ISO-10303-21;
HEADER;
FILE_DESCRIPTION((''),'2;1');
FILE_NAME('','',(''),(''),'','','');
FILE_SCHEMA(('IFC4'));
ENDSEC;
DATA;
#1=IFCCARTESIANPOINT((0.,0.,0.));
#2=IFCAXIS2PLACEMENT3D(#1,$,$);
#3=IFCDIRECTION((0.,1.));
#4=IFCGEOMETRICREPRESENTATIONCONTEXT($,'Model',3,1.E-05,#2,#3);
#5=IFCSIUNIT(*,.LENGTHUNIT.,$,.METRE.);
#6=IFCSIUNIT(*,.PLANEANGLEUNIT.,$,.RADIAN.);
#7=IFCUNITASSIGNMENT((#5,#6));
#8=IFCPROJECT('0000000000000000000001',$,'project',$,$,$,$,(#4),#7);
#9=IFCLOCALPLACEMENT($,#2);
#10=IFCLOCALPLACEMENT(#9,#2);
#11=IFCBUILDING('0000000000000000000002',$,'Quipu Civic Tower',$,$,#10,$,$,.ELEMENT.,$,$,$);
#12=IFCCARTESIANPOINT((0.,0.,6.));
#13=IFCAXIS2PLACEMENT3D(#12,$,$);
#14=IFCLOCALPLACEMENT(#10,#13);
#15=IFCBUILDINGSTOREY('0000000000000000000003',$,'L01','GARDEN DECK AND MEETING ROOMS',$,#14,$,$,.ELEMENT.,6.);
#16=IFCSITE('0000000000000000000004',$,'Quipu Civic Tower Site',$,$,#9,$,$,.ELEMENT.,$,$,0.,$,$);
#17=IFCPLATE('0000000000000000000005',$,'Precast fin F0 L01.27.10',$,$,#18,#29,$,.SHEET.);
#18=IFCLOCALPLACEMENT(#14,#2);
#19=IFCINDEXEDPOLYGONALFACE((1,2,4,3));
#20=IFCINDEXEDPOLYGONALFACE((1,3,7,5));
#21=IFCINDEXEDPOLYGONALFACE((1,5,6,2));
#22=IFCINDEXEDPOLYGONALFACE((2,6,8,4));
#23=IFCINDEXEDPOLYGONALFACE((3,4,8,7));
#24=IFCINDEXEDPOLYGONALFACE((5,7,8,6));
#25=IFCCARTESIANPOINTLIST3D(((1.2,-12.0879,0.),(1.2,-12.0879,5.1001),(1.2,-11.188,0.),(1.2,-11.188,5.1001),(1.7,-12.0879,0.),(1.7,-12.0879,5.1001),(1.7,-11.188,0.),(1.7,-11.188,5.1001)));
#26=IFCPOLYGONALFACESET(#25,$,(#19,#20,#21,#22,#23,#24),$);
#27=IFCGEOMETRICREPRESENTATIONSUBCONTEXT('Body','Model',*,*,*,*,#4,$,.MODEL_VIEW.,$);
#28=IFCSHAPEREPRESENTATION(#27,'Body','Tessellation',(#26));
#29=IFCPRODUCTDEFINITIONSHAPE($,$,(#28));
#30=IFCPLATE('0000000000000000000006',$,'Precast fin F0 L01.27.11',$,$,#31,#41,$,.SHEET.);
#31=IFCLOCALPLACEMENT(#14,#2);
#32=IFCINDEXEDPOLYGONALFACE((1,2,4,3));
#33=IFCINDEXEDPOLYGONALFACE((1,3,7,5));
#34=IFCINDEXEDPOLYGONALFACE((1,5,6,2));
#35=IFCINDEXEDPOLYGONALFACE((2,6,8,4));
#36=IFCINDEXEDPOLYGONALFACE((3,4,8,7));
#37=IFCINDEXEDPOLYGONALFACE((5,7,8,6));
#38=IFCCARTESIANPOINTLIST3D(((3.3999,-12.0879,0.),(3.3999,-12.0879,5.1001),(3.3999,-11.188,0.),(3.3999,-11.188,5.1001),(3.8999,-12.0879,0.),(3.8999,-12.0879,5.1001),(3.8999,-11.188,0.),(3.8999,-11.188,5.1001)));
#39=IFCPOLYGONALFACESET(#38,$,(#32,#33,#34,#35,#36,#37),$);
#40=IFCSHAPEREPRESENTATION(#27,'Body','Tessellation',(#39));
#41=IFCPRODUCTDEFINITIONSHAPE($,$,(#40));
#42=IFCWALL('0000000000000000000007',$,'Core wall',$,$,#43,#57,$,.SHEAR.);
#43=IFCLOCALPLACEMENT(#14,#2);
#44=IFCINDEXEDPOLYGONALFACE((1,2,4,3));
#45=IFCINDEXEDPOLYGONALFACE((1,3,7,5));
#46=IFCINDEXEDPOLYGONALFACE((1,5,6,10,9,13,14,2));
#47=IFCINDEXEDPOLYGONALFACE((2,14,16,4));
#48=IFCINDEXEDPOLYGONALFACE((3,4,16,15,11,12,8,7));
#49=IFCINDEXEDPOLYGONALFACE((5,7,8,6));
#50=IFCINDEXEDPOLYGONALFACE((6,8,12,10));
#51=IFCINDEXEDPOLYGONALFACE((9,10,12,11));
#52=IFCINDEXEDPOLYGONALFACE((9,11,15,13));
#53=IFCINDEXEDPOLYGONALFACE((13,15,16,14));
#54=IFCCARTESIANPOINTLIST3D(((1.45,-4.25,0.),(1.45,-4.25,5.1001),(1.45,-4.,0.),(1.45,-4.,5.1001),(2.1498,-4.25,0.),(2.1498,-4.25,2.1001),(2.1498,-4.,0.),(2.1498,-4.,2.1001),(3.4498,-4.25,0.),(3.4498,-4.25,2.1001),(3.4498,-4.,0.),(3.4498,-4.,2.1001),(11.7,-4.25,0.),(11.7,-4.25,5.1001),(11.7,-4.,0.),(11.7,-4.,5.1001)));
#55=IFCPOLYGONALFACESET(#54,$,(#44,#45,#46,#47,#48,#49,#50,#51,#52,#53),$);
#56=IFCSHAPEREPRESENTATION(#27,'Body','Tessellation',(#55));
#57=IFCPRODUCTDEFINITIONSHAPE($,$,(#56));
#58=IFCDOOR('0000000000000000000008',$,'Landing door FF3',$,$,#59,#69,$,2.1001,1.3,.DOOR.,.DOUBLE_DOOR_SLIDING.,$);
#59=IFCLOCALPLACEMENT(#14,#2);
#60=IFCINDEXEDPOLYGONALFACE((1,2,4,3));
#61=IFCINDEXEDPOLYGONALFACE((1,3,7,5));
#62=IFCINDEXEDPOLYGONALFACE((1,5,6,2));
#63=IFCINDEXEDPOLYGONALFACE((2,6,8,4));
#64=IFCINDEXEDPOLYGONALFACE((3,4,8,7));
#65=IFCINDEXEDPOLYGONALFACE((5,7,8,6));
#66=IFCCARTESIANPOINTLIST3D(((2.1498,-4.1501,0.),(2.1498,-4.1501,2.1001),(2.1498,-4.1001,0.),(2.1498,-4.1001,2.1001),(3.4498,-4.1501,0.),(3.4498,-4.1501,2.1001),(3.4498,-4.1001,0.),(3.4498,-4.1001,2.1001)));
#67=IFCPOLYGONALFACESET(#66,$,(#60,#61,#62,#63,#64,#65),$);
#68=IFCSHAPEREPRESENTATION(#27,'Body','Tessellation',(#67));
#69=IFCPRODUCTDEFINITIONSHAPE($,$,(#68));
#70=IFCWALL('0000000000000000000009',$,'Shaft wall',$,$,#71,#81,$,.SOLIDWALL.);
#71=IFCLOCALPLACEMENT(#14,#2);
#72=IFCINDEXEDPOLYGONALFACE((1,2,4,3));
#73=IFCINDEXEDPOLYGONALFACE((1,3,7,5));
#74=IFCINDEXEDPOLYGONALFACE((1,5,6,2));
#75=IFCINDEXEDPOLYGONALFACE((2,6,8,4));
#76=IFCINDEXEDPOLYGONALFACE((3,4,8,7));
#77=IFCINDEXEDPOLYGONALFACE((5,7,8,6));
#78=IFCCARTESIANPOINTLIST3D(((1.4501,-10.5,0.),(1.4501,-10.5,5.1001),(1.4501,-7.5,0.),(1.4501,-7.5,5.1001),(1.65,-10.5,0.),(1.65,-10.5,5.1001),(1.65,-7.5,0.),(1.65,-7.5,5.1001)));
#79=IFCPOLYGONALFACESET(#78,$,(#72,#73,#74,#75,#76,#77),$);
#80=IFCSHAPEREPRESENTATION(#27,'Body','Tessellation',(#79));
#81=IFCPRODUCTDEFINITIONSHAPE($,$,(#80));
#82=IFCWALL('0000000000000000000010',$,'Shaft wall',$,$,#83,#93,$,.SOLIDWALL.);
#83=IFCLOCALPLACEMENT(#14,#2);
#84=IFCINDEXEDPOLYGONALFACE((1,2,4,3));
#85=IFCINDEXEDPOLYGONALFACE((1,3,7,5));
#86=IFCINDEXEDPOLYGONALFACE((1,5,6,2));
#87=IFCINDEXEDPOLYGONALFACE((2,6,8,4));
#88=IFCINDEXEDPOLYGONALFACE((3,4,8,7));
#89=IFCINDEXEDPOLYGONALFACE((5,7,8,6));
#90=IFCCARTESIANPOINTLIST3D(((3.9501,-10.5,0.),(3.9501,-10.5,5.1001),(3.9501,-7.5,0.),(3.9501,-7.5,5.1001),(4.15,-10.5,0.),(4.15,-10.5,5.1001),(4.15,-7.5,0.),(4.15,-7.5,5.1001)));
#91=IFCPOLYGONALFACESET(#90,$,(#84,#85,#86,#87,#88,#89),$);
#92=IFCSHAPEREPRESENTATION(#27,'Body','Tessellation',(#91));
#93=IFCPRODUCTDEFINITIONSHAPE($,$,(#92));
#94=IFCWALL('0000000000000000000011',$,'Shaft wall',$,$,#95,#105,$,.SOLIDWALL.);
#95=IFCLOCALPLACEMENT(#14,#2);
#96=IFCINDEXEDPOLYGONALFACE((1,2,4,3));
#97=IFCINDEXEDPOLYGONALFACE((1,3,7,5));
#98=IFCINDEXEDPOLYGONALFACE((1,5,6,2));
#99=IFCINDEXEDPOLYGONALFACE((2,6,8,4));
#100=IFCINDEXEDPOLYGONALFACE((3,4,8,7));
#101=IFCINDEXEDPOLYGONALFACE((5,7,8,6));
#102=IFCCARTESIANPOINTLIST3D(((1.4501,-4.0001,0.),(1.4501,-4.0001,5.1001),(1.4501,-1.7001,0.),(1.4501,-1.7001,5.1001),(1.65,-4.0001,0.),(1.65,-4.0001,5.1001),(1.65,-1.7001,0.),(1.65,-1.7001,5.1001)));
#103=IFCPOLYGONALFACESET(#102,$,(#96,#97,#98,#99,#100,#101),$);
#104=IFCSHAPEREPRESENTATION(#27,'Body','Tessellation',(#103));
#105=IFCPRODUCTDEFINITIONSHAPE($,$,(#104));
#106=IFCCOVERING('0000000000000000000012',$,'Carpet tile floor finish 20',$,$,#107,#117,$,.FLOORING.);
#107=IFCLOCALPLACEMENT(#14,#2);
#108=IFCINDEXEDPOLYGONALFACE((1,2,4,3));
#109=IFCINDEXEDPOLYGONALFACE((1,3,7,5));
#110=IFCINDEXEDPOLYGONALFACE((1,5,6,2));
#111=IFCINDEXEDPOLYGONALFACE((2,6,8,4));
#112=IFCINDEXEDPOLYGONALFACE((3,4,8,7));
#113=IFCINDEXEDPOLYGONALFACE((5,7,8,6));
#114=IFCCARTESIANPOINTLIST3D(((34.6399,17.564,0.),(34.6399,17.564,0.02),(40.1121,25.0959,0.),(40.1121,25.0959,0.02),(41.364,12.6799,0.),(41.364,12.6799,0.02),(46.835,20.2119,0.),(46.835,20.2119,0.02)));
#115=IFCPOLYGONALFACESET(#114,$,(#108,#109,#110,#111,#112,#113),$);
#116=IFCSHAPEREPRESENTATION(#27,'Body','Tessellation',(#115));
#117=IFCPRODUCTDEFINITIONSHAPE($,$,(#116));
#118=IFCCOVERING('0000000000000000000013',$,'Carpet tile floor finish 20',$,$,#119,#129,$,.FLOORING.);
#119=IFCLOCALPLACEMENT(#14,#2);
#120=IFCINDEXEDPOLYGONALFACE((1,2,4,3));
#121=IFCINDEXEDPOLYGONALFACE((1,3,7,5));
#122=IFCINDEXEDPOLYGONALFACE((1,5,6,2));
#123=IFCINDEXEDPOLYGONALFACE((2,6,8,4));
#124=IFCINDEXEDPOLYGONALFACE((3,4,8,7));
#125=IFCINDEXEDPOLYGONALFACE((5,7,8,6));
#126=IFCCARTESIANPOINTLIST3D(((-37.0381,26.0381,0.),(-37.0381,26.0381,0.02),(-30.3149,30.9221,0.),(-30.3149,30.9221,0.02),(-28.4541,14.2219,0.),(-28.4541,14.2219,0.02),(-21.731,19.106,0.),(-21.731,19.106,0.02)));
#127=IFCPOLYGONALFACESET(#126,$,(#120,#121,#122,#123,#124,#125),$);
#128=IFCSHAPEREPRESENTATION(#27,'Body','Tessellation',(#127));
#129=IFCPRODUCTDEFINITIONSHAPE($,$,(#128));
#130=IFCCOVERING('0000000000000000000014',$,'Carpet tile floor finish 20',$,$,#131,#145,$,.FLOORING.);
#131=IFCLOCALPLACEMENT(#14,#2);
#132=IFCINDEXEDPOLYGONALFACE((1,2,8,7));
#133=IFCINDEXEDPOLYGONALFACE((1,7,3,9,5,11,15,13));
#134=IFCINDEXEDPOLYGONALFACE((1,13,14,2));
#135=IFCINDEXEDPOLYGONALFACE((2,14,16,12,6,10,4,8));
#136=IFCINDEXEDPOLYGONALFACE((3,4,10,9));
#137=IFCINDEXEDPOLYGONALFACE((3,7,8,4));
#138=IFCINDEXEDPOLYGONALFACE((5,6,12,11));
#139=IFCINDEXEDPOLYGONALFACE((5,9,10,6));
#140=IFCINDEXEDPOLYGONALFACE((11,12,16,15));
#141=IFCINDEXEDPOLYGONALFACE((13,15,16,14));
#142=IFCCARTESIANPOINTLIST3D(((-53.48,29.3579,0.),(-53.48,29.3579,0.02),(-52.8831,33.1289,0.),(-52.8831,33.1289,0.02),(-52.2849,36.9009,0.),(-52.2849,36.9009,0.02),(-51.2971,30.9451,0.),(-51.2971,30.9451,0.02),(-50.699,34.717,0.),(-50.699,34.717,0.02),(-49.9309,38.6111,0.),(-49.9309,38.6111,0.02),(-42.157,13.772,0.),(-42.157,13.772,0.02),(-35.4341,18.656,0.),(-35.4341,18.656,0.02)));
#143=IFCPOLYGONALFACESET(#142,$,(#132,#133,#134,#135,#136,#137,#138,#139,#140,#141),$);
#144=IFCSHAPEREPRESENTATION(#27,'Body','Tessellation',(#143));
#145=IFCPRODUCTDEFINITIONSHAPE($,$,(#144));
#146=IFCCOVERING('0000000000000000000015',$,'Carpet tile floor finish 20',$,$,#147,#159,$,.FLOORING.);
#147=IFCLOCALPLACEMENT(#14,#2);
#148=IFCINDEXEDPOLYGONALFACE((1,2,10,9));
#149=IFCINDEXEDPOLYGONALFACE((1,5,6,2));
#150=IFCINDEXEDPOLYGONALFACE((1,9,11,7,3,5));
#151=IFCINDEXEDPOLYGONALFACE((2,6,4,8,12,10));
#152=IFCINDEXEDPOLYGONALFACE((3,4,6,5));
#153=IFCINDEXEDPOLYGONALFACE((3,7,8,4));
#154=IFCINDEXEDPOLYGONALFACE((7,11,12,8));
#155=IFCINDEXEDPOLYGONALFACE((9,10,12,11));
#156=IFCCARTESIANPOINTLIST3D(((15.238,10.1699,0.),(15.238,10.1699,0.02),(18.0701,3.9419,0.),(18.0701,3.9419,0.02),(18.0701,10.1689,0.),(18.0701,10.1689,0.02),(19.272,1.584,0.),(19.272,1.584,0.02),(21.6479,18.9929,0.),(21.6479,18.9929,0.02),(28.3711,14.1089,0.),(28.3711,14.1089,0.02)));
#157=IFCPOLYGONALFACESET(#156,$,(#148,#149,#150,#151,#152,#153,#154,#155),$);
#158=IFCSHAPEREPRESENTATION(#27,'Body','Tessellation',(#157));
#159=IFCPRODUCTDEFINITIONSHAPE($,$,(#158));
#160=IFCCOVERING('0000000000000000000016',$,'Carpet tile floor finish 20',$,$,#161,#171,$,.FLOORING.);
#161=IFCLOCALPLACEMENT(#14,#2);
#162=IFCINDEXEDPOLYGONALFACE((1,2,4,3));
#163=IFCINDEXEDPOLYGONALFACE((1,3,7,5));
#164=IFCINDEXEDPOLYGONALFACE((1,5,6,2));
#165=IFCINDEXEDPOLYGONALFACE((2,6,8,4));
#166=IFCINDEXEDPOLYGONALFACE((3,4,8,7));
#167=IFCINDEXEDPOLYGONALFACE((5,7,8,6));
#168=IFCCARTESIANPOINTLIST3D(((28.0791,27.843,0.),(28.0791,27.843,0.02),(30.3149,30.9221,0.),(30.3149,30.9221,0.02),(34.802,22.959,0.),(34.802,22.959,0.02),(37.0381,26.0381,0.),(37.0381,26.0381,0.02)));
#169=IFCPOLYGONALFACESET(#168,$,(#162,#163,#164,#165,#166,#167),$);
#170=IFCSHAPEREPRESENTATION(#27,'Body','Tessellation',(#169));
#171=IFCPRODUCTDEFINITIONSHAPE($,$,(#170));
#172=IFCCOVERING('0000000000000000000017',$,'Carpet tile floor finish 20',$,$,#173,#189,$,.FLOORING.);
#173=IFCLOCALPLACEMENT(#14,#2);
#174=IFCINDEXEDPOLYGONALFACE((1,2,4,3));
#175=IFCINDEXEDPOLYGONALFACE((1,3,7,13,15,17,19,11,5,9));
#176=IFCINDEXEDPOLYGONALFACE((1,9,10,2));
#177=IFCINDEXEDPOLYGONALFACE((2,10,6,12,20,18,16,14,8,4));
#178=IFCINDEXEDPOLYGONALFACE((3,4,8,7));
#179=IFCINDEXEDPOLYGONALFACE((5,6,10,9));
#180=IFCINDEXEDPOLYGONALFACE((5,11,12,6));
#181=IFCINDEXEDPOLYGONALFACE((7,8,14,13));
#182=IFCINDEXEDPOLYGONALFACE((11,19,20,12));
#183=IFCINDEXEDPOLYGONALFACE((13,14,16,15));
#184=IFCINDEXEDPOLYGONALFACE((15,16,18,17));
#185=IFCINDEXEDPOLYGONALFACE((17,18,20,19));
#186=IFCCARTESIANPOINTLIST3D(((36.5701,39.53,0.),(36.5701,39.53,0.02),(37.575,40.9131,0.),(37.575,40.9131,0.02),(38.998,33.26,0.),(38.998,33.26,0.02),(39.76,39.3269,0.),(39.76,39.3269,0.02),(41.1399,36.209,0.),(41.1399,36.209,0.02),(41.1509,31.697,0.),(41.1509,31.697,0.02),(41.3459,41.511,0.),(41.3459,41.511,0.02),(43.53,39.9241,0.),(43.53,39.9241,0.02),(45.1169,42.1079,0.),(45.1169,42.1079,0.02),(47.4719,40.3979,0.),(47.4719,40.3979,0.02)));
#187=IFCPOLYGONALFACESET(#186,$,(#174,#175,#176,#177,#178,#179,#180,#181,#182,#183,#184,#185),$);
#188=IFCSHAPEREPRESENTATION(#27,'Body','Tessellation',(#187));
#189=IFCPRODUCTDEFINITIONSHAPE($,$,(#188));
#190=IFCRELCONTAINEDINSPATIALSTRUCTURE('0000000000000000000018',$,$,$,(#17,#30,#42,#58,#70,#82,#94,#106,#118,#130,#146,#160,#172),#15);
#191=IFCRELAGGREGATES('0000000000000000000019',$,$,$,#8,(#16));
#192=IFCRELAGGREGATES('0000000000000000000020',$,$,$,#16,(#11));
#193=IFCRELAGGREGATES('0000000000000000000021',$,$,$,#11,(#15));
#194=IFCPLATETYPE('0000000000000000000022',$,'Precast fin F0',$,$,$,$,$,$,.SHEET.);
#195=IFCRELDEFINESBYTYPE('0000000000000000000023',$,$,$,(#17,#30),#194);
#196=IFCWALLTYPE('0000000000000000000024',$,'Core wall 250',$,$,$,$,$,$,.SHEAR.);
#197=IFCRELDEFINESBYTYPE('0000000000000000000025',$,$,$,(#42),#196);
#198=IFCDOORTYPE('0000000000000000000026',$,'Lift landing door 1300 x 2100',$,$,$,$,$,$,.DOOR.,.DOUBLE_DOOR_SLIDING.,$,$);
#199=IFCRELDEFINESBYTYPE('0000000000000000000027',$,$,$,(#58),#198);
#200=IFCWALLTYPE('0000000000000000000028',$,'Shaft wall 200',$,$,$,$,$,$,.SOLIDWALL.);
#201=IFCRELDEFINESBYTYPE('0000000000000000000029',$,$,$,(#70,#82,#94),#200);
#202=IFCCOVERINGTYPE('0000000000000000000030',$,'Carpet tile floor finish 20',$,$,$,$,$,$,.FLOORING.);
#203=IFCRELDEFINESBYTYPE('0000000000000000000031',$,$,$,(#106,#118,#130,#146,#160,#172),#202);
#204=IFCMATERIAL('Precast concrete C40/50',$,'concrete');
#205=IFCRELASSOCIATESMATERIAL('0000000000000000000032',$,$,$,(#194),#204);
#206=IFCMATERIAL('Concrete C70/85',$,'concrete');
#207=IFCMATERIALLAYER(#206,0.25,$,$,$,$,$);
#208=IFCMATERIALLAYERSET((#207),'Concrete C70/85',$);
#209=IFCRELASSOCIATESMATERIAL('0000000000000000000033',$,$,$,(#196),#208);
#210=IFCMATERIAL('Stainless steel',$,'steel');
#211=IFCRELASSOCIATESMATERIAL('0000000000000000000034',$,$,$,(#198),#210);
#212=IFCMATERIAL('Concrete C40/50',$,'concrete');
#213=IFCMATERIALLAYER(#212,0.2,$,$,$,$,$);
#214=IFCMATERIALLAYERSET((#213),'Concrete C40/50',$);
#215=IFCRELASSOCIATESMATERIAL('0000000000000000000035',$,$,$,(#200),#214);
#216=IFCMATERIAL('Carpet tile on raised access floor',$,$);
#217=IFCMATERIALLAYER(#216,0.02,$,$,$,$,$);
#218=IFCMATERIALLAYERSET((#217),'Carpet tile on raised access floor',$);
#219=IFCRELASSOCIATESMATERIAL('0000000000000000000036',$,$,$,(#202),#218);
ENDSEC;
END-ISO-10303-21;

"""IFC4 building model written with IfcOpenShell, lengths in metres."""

from ifc_helpers import new_model, si_unit, direction, frame, frame_2d, origin, origin_2d, place, context, subcontext, project, spatial, polyline, rectangle, outline, extrude, material, layer, layer_set, type_object, element, fill, save


model = new_model("IFC4")

# Units and contexts
model_context = context("Model", 3, precision=1e-05, world=origin(), true_north=direction((0.0, 1.0)))
body_context = subcontext(model_context, "Body", "Model", "MODEL_VIEW")
ifc_project = project(units=[si_unit("LENGTHUNIT", "METRE"), si_unit("PLANEANGLEUNIT", "RADIAN")], contexts=[model_context])

# Site, building, storey
site_placement = place(None, origin())
site = spatial("IfcSite", under=ifc_project, at=site_placement, Name="Quipu Civic Tower Site", CompositionType="ELEMENT", RefElevation=0.0)
building_placement = place(site_placement, origin())
building = spatial("IfcBuilding", under=site, at=building_placement, Name="Quipu Civic Tower", CompositionType="ELEMENT")
storey_placement = place(building_placement, frame((0.0, 0.0, 6.0)))
storey = spatial("IfcBuildingStorey", under=building, at=storey_placement, Name="L01", Description="GARDEN DECK AND MEETING ROOMS", CompositionType="ELEMENT", Elevation=6.0)

# Plates
ifc_material_1 = material(Name="Precast concrete C40/50", Category="concrete")
plate_type = type_object("IfcPlateType", Name="Precast fin F0", PredefinedType="SHEET", material=ifc_material_1)
for number, where, z_axis, x_axis, name in (
    (1, (1.45, -11.6379, 0.0), (0.0, 0.0, 1.0), (1.0, 0.0, 0.0), "Precast fin F0 L01.27.10"),
    (2, (3.6499, -11.6379, 0.0), (0.0, 0.0, 1.0), (1.0, 0.0, 0.0), "Precast fin F0 L01.27.11"),
):
    element("IfcPlate", number, at=place(storey_placement, frame(where, z_axis=z_axis, x_axis=x_axis)), inside=storey, type_object=plate_type, Name=name, PredefinedType="SHEET", context=body_context, shape_type="SweptSolid", body=[
        extrude(rectangle(XDim=0.5, YDim=0.8999, at=origin_2d()), origin(), (0.0, 0.0, 1.0), 5.1001),
    ])

# Wall, opening, door
ifc_material_2 = material(Name="Concrete C70/85", Category="concrete")
ifc_layer_1 = layer(ifc_material_2, 0.25)
ifc_layer_set_1 = layer_set([ifc_layer_1], Name="Concrete C70/85")
wall_type_1 = type_object("IfcWallType", Name="Core wall 250", PredefinedType="SHEAR", material=ifc_layer_set_1)
wall_1_placement = place(storey_placement, frame((1.45, -4.125, 0.0), z_axis=(0.0, 0.0, 1.0), x_axis=(1.0, 0.0, 0.0)))
wall_1 = element("IfcWall", 3, at=wall_1_placement, inside=storey, type_object=wall_type_1, Name="Core wall", PredefinedType="SHEAR", context=body_context, shape_type="SweptSolid", body=[
    extrude(rectangle(XDim=10.25, YDim=0.25, at=frame_2d((5.125, 0.0))), origin(), (0.0, 0.0, 1.0), 5.1001),
])
opening_placement = place(wall_1_placement, frame((0.7, 0.0, 0.0)))
opening = element("IfcOpeningElement", 4, at=opening_placement, cuts=wall_1, PredefinedType="OPENING", context=body_context, shape_type="SweptSolid", body=[
    extrude(rectangle(XDim=1.3, YDim=2.1001, at=frame_2d((0.6499, 1.05))), frame((0.0, 0.135, 0.0), z_axis=(0.0, -1.0, 0.0), x_axis=(1.0, 0.0, 0.0)), (0.0, 0.0, 1.0), 0.27),
])
ifc_material_3 = material(Name="Stainless steel", Category="steel")
door_type = type_object("IfcDoorType", Name="Lift landing door 1300 x 2100", OperationType="DOUBLE_DOOR_SLIDING", PredefinedType="DOOR", material=ifc_material_3)
door_placement = place(opening_placement, origin())
door = element("IfcDoor", 5, at=door_placement, inside=storey, type_object=door_type, Name="Landing door FF3", OperationType="DOUBLE_DOOR_SLIDING", OverallHeight=2.1001, OverallWidth=1.3, PredefinedType="DOOR", context=body_context, shape_type="SweptSolid", body=[
    extrude(rectangle(XDim=1.3, YDim=2.1001, at=frame_2d((0.6499, 1.05))), frame((0.0, 0.0249, 0.0), z_axis=(0.0, -1.0, 0.0), x_axis=(1.0, 0.0, 0.0)), (0.0, 0.0, 1.0), 0.05),
])
fill(opening, door)

# Walls
ifc_material_4 = material(Name="Concrete C40/50", Category="concrete")
ifc_layer_2 = layer(ifc_material_4, 0.2)
ifc_layer_set_2 = layer_set([ifc_layer_2], Name="Concrete C40/50")
wall_type_2 = type_object("IfcWallType", Name="Shaft wall 200", PredefinedType="SOLIDWALL", material=ifc_layer_set_2)
for number, where, z_axis, x_axis, name in (
    (6, (1.55, -10.5, 0.0), (0.0, 0.0, 1.0), (0.0, 1.0, 0.0), "Shaft wall"),
    (7, (4.05, -10.5, 0.0), (0.0, 0.0, 1.0), (0.0, 1.0, 0.0), "Shaft wall"),
):
    element("IfcWall", number, at=place(storey_placement, frame(where, z_axis=z_axis, x_axis=x_axis)), inside=storey, type_object=wall_type_2, Name=name, PredefinedType="SOLIDWALL", context=body_context, shape_type="SweptSolid", body=[
        extrude(rectangle(XDim=3.0, YDim=0.2, at=frame_2d((1.5, 0.0))), origin(), (0.0, 0.0, 1.0), 5.1001),
    ])
wall_2_placement = place(storey_placement, frame((1.55, -4.0, 0.0), z_axis=(0.0, 0.0, 1.0), x_axis=(0.0, 1.0, 0.0)))
element("IfcWall", 8, at=wall_2_placement, inside=storey, type_object=wall_type_2, Name="Shaft wall", PredefinedType="SOLIDWALL", context=body_context, shape_type="SweptSolid", body=[
    extrude(rectangle(XDim=2.3, YDim=0.2, at=frame_2d((1.1499, 0.0))), origin(), (0.0, 0.0, 1.0), 5.1001),
])

# Coverings
ifc_material_5 = material(Name="Carpet tile on raised access floor")
ifc_layer_3 = layer(ifc_material_5, 0.02)
ifc_layer_set_3 = layer_set([ifc_layer_3], Name="Carpet tile on raised access floor")
covering_type_1 = type_object("IfcCoveringType", Name="Carpet tile floor finish 20", PredefinedType="FLOORING", material=ifc_layer_set_3)
covering_1_placement = place(storey_placement, origin())
element("IfcCovering", 9, at=covering_1_placement, inside=storey, type_object=covering_type_1, Name="Carpet tile floor finish 20", PredefinedType="FLOORING", context=body_context, shape_type="SweptSolid", body=[
    extrude(outline(polyline([(34.6399, 17.564), (40.1121, 25.0959), (46.835, 20.2119), (41.364, 12.6799), (34.6399, 17.564)])), origin(), (0.0, 0.0, 1.0), 0.02),
])
covering_2_placement = place(storey_placement, origin())
element("IfcCovering", 10, at=covering_2_placement, inside=storey, type_object=covering_type_1, Name="Carpet tile floor finish 20", PredefinedType="FLOORING", context=body_context, shape_type="SweptSolid", body=[
    extrude(outline(polyline([(-37.0381, 26.0381), (-30.3149, 30.9221), (-21.731, 19.106), (-28.4541, 14.2219), (-37.0381, 26.0381)])), origin(), (0.0, 0.0, 1.0), 0.02),
])
covering_3_placement = place(storey_placement, origin())
element("IfcCovering", 11, at=covering_3_placement, inside=storey, type_object=covering_type_1, Name="Carpet tile floor finish 20", PredefinedType="FLOORING", context=body_context, shape_type="SweptSolid", body=[
    extrude(outline(polyline([(-53.48, 29.3579), (-51.2971, 30.9451), (-52.8831, 33.1289), (-50.699, 34.717), (-52.2849, 36.9009), (-49.9309, 38.6111), (-35.4341, 18.656), (-42.157, 13.772), (-53.48, 29.3579)])), origin(), (0.0, 0.0, 1.0), 0.02),
])
covering_4_placement = place(storey_placement, origin())
element("IfcCovering", 12, at=covering_4_placement, inside=storey, type_object=covering_type_1, Name="Carpet tile floor finish 20", PredefinedType="FLOORING", context=body_context, shape_type="SweptSolid", body=[
    extrude(outline(polyline([(15.238, 10.1699), (21.6479, 18.9929), (28.3711, 14.1089), (19.272, 1.584), (18.0701, 3.9419), (18.0701, 10.1689), (15.238, 10.1699)])), origin(), (0.0, 0.0, 1.0), 0.02),
])
covering_5_placement = place(storey_placement, origin())
element("IfcCovering", 13, at=covering_5_placement, inside=storey, type_object=covering_type_1, Name="Carpet tile floor finish 20", PredefinedType="FLOORING", context=body_context, shape_type="SweptSolid", body=[
    extrude(outline(polyline([(28.0791, 27.843), (30.3149, 30.9221), (37.0381, 26.0381), (34.802, 22.959), (28.0791, 27.843)])), origin(), (0.0, 0.0, 1.0), 0.02),
])
covering_6_placement = place(storey_placement, origin())
element("IfcCovering", 14, at=covering_6_placement, inside=storey, type_object=covering_type_1, Name="Carpet tile floor finish 20", PredefinedType="FLOORING", context=body_context, shape_type="SweptSolid", body=[
    extrude(outline(polyline([(36.5701, 39.53), (37.575, 40.9131), (39.76, 39.3269), (41.3459, 41.511), (43.53, 39.9241), (45.1169, 42.1079), (47.4719, 40.3979), (41.1509, 31.697), (38.998, 33.26), (41.1399, 36.209), (36.5701, 39.53)])), origin(), (0.0, 0.0, 1.0), 0.02),
])

save(model, "model.ifc")
